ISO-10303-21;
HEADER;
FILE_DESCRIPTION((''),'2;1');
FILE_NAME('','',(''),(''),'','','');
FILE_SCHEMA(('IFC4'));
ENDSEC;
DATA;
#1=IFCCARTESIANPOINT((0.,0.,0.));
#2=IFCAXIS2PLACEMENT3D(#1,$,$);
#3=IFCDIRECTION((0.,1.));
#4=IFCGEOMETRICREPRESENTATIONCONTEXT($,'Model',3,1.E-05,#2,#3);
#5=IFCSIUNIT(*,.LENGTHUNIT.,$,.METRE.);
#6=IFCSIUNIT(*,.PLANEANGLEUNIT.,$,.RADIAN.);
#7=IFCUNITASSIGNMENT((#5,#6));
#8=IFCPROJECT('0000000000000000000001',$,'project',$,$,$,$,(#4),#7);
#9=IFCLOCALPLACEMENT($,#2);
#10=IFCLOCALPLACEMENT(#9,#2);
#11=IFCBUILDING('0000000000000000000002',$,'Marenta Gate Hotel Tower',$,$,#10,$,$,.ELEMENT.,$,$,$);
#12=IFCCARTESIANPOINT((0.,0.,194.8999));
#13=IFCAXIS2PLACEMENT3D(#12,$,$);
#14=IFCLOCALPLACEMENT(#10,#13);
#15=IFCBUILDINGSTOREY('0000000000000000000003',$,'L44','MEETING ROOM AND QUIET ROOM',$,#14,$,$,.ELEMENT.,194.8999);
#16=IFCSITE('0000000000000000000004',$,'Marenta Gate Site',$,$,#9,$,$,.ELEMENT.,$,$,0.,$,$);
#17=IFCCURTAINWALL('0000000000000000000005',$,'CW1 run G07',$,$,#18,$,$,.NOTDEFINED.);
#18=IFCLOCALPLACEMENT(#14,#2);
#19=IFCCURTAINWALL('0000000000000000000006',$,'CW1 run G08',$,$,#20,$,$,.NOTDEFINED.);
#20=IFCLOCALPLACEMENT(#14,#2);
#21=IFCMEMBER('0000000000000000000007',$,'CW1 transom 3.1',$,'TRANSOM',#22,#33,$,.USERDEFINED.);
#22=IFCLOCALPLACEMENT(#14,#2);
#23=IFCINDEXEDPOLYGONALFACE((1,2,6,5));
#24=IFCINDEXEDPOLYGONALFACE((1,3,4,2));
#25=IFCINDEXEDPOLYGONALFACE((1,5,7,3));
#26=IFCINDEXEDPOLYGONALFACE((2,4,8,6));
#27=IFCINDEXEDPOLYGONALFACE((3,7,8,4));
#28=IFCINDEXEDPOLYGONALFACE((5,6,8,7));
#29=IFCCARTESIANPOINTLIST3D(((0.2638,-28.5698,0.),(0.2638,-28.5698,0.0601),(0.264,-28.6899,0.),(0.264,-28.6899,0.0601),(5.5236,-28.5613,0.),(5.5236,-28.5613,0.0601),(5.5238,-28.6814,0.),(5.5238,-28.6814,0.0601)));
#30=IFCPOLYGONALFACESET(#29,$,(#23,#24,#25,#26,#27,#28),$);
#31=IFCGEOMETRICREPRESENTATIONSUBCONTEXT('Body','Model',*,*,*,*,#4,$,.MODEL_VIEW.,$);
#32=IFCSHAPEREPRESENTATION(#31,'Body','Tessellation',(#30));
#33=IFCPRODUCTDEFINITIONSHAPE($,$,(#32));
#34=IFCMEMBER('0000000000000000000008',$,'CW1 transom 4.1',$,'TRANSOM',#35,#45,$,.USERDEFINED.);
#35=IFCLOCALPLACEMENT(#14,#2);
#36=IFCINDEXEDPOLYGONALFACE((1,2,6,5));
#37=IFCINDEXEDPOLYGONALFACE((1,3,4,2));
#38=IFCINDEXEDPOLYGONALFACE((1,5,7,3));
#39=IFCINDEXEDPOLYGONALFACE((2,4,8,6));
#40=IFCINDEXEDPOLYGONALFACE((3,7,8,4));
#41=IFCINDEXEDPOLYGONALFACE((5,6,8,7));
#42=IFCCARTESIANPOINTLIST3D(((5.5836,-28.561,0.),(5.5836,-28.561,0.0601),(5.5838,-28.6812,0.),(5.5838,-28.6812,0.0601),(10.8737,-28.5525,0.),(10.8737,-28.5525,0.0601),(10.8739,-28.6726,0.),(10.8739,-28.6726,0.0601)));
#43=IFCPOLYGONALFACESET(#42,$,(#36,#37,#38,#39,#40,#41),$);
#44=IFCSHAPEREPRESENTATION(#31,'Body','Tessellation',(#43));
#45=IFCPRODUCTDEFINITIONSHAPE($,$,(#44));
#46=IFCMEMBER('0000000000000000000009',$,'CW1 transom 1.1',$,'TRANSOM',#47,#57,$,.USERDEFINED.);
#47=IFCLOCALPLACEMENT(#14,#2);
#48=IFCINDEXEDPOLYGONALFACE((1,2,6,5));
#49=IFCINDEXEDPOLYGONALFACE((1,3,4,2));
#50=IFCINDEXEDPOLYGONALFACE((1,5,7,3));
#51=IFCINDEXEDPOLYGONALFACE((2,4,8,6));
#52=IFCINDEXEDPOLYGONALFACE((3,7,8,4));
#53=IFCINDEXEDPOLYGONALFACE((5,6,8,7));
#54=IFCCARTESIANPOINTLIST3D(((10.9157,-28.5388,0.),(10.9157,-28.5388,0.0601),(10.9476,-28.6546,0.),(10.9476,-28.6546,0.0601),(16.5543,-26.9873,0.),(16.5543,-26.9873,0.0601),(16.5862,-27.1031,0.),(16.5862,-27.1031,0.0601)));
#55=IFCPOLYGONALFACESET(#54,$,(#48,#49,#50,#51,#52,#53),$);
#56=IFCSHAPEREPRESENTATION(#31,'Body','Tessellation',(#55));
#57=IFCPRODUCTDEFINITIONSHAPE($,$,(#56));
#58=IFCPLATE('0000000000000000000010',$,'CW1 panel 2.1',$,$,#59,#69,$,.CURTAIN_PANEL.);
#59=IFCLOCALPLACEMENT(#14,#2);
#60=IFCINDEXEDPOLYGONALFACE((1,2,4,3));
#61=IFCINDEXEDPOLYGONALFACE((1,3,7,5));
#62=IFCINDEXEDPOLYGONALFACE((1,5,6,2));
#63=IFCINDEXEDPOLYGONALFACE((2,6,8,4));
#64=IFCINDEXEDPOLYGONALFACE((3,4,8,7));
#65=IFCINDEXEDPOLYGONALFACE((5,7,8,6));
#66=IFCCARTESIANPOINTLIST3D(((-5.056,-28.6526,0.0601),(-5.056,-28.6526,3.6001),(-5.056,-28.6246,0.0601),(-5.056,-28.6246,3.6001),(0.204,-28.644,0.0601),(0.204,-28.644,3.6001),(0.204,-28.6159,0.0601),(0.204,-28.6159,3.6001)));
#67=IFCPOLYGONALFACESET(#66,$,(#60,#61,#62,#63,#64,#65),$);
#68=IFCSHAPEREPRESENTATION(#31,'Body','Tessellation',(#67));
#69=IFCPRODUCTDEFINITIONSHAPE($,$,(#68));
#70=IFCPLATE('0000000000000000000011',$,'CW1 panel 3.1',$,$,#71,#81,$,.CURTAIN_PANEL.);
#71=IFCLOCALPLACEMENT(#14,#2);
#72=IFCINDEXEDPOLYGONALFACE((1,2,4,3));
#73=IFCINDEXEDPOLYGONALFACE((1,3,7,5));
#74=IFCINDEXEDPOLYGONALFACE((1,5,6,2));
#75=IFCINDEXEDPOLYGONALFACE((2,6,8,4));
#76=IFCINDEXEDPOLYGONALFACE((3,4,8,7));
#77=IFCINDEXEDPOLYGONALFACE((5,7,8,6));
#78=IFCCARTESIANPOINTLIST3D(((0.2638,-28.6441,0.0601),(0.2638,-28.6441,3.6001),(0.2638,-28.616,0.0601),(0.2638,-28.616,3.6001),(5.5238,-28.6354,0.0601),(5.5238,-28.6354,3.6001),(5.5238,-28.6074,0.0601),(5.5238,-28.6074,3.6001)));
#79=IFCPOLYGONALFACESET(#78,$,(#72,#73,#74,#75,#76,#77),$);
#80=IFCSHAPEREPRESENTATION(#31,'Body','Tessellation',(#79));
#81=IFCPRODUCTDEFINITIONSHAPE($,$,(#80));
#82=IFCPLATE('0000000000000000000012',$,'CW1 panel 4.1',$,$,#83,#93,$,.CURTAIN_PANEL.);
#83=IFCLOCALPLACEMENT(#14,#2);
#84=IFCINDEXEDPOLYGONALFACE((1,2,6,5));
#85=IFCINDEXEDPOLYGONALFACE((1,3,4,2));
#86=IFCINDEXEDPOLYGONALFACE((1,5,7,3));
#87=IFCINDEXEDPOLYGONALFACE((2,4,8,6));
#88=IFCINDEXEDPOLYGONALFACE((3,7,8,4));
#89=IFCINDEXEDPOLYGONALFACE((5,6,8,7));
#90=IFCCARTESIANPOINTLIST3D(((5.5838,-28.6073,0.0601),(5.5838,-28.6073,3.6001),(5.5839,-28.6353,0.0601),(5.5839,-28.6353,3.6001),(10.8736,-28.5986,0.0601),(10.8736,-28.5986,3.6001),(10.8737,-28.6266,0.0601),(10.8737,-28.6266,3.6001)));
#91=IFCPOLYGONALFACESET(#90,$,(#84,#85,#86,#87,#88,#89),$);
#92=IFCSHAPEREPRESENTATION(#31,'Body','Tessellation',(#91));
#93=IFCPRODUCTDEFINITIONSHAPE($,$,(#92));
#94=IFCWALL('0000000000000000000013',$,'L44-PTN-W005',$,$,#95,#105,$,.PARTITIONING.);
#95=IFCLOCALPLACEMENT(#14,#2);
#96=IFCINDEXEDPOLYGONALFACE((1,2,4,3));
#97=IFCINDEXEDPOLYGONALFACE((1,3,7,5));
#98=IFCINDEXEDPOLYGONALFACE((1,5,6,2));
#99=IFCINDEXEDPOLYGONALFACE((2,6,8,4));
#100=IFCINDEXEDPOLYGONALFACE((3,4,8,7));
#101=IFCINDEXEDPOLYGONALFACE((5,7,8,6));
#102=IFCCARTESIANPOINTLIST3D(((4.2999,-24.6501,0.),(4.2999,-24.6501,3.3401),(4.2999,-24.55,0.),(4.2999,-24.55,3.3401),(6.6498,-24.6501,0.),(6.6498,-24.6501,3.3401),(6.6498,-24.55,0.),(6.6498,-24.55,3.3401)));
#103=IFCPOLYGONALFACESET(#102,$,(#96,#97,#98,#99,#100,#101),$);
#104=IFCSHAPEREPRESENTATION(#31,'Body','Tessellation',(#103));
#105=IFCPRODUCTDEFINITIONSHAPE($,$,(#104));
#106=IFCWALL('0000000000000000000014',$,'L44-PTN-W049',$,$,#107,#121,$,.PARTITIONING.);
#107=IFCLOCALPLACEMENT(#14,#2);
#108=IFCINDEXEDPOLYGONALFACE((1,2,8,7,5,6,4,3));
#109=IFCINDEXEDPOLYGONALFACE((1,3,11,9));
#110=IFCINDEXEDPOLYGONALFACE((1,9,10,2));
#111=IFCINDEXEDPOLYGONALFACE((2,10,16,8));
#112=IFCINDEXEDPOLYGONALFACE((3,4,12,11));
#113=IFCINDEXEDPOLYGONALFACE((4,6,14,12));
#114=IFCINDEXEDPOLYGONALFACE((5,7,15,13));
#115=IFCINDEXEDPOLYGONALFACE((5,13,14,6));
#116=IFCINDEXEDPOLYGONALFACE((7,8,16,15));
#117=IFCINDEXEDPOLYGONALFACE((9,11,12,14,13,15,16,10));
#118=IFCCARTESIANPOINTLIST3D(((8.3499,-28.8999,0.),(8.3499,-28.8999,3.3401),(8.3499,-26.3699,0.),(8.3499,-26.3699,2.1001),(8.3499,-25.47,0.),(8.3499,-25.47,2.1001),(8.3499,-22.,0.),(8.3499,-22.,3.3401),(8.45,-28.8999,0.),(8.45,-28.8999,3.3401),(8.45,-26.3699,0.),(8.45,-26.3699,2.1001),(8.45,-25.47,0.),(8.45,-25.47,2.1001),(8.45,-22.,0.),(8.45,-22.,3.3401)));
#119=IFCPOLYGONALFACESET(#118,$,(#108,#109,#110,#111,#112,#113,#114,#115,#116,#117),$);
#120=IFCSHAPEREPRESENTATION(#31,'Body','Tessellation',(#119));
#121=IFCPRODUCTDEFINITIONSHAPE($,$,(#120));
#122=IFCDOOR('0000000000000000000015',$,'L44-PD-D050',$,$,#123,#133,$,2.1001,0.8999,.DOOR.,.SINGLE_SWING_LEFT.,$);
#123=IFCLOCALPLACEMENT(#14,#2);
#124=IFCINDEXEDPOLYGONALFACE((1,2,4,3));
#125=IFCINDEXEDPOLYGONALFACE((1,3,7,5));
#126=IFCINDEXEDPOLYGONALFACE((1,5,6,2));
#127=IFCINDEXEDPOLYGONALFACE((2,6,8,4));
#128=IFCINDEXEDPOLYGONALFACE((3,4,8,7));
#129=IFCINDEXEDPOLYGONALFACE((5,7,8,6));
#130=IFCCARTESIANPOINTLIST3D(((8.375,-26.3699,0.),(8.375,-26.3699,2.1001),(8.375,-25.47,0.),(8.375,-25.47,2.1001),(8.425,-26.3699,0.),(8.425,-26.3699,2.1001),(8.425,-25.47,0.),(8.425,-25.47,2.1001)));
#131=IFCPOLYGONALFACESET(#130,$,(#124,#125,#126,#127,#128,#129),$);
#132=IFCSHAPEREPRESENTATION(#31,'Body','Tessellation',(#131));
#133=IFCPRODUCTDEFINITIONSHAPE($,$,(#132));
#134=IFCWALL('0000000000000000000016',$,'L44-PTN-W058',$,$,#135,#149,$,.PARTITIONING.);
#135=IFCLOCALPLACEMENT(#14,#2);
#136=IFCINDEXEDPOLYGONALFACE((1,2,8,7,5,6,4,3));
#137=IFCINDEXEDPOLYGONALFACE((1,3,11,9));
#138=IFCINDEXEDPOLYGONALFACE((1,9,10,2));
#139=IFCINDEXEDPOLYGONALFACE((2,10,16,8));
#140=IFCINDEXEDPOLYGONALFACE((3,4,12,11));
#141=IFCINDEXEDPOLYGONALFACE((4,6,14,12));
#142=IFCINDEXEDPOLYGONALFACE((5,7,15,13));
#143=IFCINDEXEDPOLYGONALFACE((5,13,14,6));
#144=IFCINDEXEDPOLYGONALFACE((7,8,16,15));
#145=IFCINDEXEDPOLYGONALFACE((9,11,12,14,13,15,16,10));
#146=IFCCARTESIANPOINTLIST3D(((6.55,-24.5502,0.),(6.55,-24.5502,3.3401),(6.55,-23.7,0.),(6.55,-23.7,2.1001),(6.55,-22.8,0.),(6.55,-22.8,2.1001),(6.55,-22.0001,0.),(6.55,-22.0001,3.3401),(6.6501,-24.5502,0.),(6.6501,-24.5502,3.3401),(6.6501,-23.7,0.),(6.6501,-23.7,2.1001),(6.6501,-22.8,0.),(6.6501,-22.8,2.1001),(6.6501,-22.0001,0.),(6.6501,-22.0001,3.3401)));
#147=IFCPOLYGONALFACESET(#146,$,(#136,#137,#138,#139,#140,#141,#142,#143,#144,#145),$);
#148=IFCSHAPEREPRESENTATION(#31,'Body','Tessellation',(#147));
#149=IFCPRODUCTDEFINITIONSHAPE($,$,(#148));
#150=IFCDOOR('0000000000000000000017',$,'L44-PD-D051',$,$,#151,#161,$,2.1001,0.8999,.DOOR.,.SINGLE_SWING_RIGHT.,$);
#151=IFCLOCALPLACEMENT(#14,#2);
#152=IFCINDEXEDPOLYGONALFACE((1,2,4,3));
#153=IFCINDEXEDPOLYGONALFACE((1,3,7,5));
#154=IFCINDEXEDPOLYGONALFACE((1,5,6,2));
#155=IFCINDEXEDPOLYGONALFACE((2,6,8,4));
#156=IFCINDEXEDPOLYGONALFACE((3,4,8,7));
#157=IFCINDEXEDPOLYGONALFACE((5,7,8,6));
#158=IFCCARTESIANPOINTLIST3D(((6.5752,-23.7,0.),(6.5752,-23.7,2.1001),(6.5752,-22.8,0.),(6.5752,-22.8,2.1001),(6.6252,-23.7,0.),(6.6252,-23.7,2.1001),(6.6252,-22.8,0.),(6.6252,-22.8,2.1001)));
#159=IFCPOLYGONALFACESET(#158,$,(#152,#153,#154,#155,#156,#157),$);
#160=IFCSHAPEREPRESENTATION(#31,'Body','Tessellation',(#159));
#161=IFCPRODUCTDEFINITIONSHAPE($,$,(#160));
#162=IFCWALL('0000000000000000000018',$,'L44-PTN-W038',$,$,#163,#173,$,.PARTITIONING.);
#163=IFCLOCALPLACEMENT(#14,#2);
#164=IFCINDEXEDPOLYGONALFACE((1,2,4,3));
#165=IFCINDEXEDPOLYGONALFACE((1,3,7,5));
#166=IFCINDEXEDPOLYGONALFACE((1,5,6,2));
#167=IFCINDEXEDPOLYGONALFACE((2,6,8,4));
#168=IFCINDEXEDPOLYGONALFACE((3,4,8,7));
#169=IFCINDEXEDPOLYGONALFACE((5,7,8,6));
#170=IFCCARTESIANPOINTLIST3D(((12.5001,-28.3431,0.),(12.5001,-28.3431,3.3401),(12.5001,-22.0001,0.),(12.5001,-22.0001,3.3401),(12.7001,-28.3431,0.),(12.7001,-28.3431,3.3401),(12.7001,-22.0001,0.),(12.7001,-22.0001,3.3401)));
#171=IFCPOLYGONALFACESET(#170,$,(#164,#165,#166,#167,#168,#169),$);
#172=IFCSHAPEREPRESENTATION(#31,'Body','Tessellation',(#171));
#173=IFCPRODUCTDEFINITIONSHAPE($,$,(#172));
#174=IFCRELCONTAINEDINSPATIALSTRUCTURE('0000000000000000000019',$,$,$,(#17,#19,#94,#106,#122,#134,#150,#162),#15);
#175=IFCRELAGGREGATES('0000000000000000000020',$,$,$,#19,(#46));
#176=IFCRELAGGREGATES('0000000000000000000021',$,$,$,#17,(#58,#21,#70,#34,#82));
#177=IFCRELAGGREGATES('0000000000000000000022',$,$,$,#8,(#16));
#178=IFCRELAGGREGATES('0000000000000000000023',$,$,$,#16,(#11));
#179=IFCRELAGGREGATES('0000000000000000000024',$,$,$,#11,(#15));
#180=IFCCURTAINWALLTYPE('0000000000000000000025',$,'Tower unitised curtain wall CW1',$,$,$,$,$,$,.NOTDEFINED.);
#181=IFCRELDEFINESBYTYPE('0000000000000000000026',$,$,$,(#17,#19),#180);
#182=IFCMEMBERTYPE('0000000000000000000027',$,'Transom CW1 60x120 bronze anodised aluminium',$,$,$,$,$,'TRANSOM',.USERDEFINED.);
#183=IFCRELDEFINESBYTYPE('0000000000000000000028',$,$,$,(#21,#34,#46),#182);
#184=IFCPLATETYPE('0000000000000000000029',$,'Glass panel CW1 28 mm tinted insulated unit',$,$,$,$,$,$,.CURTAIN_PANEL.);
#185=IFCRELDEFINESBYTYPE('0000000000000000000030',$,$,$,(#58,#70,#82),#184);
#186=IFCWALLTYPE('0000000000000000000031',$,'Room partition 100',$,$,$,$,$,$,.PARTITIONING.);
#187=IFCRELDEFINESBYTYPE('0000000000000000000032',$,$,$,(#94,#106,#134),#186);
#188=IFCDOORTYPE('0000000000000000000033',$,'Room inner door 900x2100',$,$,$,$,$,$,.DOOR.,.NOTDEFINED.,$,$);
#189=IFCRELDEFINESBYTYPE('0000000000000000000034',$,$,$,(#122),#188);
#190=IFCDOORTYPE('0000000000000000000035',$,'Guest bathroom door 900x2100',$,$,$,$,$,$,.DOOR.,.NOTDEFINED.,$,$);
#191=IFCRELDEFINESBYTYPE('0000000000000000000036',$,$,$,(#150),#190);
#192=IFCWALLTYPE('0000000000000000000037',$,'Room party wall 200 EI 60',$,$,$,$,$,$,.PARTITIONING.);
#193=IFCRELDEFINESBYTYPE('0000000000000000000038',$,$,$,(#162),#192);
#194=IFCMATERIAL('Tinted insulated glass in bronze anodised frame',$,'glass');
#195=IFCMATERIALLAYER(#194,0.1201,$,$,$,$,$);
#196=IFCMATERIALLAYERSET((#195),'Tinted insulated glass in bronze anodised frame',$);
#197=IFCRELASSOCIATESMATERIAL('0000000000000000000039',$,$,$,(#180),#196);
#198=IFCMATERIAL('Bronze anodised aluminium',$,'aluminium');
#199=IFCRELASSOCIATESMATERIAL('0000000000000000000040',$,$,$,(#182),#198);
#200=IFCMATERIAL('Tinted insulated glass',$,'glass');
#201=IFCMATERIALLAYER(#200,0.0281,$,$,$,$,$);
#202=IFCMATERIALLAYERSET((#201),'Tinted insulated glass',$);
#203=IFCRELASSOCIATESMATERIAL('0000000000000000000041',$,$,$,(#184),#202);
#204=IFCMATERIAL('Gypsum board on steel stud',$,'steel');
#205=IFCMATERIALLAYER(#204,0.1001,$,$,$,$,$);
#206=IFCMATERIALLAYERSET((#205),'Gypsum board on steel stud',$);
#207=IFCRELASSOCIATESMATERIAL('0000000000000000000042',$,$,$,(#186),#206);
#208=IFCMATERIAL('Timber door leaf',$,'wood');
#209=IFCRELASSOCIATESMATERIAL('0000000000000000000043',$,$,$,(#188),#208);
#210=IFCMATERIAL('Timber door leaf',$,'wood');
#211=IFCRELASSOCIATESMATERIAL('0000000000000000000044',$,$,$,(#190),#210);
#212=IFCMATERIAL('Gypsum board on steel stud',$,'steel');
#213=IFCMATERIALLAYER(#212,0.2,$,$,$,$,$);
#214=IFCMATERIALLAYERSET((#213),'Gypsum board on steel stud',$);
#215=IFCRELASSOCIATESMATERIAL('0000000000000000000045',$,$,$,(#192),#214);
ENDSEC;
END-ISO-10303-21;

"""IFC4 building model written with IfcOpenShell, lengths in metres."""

from ifc_helpers import new_model, si_unit, direction, frame, frame_2d, origin, origin_2d, place, context, subcontext, project, spatial, rectangle, extrude, material, layer, layer_set, material_profile, profile_set, type_object, element, fill, aggregate, save


model = new_model("IFC4")

# Units and contexts
model_context = context("Model", 3, precision=1e-05, world=origin(), true_north=direction((0.0, 1.0)))
body_context = subcontext(model_context, "Body", "Model", "MODEL_VIEW")
ifc_project = project(units=[si_unit("LENGTHUNIT", "METRE"), si_unit("PLANEANGLEUNIT", "RADIAN")], contexts=[model_context])

# Site, building, storey
site_placement = place(None, origin())
site = spatial("IfcSite", under=ifc_project, at=site_placement, Name="Marenta Gate Site", CompositionType="ELEMENT", RefElevation=0.0)
building_placement = place(site_placement, origin())
building = spatial("IfcBuilding", under=site, at=building_placement, Name="Marenta Gate Hotel Tower", CompositionType="ELEMENT")
storey_placement = place(building_placement, frame((0.0, 0.0, 194.8999)))
storey = spatial("IfcBuildingStorey", under=building, at=storey_placement, Name="L44", Description="MEETING ROOM AND QUIET ROOM", CompositionType="ELEMENT", Elevation=194.8999)

# Curtain wall
ifc_material_1 = material(Name="Tinted insulated glass in bronze anodised frame", Category="glass")
ifc_layer_1 = layer(ifc_material_1, 0.1201)
ifc_layer_set_1 = layer_set([ifc_layer_1], Name="Tinted insulated glass in bronze anodised frame")
curtain_wall_type = type_object("IfcCurtainWallType", Name="Tower unitised curtain wall CW1", PredefinedType="NOTDEFINED", material=ifc_layer_set_1)
curtain_wall_1_placement = place(storey_placement, origin())
curtain_wall_1 = element("IfcCurtainWall", 1, at=curtain_wall_1_placement, inside=storey, type_object=curtain_wall_type, Name="CW1 run G07", PredefinedType="NOTDEFINED")

# Curtain wall
curtain_wall_2_placement = place(storey_placement, origin())
curtain_wall_2 = element("IfcCurtainWall", 2, at=curtain_wall_2_placement, inside=storey, type_object=curtain_wall_type, Name="CW1 run G08", PredefinedType="NOTDEFINED")

# Members
ifc_material_2 = material(Name="Bronze anodised aluminium", Category="aluminium")
ifc_material_profile_1 = material_profile(ifc_material_2, rectangle(XDim=0.1201, YDim=0.0601, at=origin_2d()), Name="Transom CW1 60x120 bronze anodised aluminium")
ifc_profile_set_1 = profile_set([ifc_material_profile_1], Name="Bronze anodised aluminium")
member_type_1 = type_object("IfcMemberType", Name="Transom CW1 60x120 bronze anodised aluminium", ElementType="TRANSOM", PredefinedType="USERDEFINED", material=ifc_profile_set_1)
member_1_placement = place(storey_placement, frame((0.2639, -28.6299, 0.03), z_axis=(0.999999, 0.001625, 0.0), x_axis=(-0.001625, 0.999999, 0.0)))
member_1 = element("IfcMember", 3, at=member_1_placement, type_object=member_type_1, Name="CW1 transom 3.1", ObjectType="TRANSOM", PredefinedType="USERDEFINED", context=body_context, shape_type="SweptSolid", body=[
    extrude(rectangle(XDim=0.1201, YDim=0.0601, at=origin_2d()), origin(), (0.0, 0.0, 1.0), 5.2598),
])
member_2_placement = place(storey_placement, frame((5.5837, -28.6211, 0.03), z_axis=(0.999999, 0.001615, 0.0), x_axis=(-0.001615, 0.999999, 0.0)))
member_2 = element("IfcMember", 4, at=member_2_placement, type_object=member_type_1, Name="CW1 transom 4.1", ObjectType="TRANSOM", PredefinedType="USERDEFINED", context=body_context, shape_type="SweptSolid", body=[
    extrude(rectangle(XDim=0.1201, YDim=0.0601, at=origin_2d()), origin(), (0.0, 0.0, 1.0), 5.29),
])
member_3_placement = place(storey_placement, frame((10.9316, -28.5967, 0.03), z_axis=(0.964167, 0.265296, 0.0), x_axis=(-0.265296, 0.964167, 0.0)))
member_3 = element("IfcMember", 5, at=member_3_placement, type_object=member_type_1, Name="CW1 transom 1.1", ObjectType="TRANSOM", PredefinedType="USERDEFINED", context=body_context, shape_type="SweptSolid", body=[
    extrude(rectangle(XDim=0.1201, YDim=0.0601, at=origin_2d()), origin(), (0.0, 0.0, 1.0), 5.8481),
])
aggregate(curtain_wall_2, [member_3])

# Plates
ifc_material_3 = material(Name="Tinted insulated glass", Category="glass")
ifc_layer_2 = layer(ifc_material_3, 0.0281)
ifc_layer_set_2 = layer_set([ifc_layer_2], Name="Tinted insulated glass")
plate_type = type_object("IfcPlateType", Name="Glass panel CW1 28 mm tinted insulated unit", PredefinedType="CURTAIN_PANEL", material=ifc_layer_set_2)
plate_1_placement = place(storey_placement, frame((-2.426, -28.6343, 0.0601), z_axis=(0.0, 0.0, 1.0), x_axis=(0.999999, 0.001645, 0.0)))
plate_1 = element("IfcPlate", 6, at=plate_1_placement, type_object=plate_type, Name="CW1 panel 2.1", PredefinedType="CURTAIN_PANEL", context=body_context, shape_type="SweptSolid", body=[
    extrude(rectangle(XDim=5.26, YDim=0.0281, at=origin_2d()), origin(), (0.0, 0.0, 1.0), 3.54),
])
plate_2_placement = place(storey_placement, frame((2.8938, -28.6257, 0.0601), z_axis=(0.0, 0.0, 1.0), x_axis=(0.999999, 0.001645, 0.0)))
plate_2 = element("IfcPlate", 7, at=plate_2_placement, type_object=plate_type, Name="CW1 panel 3.1", PredefinedType="CURTAIN_PANEL", context=body_context, shape_type="SweptSolid", body=[
    extrude(rectangle(XDim=5.26, YDim=0.0281, at=origin_2d()), origin(), (0.0, 0.0, 1.0), 3.54),
])
plate_3_placement = place(storey_placement, frame((8.2288, -28.6169, 0.0601), z_axis=(0.0, 0.0, 1.0), x_axis=(0.999999, 0.001645, 0.0)))
plate_3 = element("IfcPlate", 8, at=plate_3_placement, type_object=plate_type, Name="CW1 panel 4.1", PredefinedType="CURTAIN_PANEL", context=body_context, shape_type="SweptSolid", body=[
    extrude(rectangle(XDim=5.2898, YDim=0.0281, at=origin_2d()), origin(), (0.0, 0.0, 1.0), 3.54),
])
aggregate(curtain_wall_1, [plate_1, member_1, plate_2, member_2, plate_3])

# Wall
ifc_material_4 = material(Name="Gypsum board on steel stud", Category="steel")
ifc_layer_3 = layer(ifc_material_4, 0.1001)
ifc_layer_set_3 = layer_set([ifc_layer_3], Name="Gypsum board on steel stud")
wall_type_1 = type_object("IfcWallType", Name="Room partition 100", PredefinedType="PARTITIONING", material=ifc_layer_set_3)
wall_1_placement = place(storey_placement, frame((4.3, -24.6001, 0.0), z_axis=(0.0, 0.0, 1.0), x_axis=(1.0, 0.0, 0.0)))
element("IfcWall", 9, at=wall_1_placement, inside=storey, type_object=wall_type_1, Name="L44-PTN-W005", PredefinedType="PARTITIONING", context=body_context, shape_type="SweptSolid", body=[
    extrude(rectangle(XDim=2.3499, YDim=0.1001, at=frame_2d((1.1748, 0.0))), origin(), (0.0, 0.0, 1.0), 3.3401),
])

# Walls, openings, doors
wall_2_placement = place(storey_placement, frame((8.3999, -28.8999, 0.0), z_axis=(0.0, 0.0, 1.0), x_axis=(0.0, 1.0, 0.0)))
wall_2 = element("IfcWall", 10, at=wall_2_placement, inside=storey, type_object=wall_type_1, Name="L44-PTN-W049", PredefinedType="PARTITIONING", context=body_context, shape_type="SweptSolid", body=[
    extrude(rectangle(XDim=6.8999, YDim=0.1001, at=frame_2d((3.45, 0.0))), origin(), (0.0, 0.0, 1.0), 3.3401),
])
opening_1_placement = place(wall_2_placement, frame((2.53, 0.0, 0.0)))
opening_1 = element("IfcOpeningElement", 11, at=opening_1_placement, cuts=wall_2, PredefinedType="OPENING", context=body_context, shape_type="SweptSolid", body=[
    extrude(rectangle(XDim=0.8999, YDim=2.1001, at=frame_2d((0.45, 1.05))), frame((0.0, 0.05, 0.0), z_axis=(0.0, -1.0, 0.0), x_axis=(1.0, 0.0, 0.0)), (0.0, 0.0, 1.0), 0.1001),
])
ifc_material_5 = material(Name="Timber door leaf", Category="wood")
door_type_1 = type_object("IfcDoorType", Name="Room inner door 900x2100", OperationType="NOTDEFINED", PredefinedType="DOOR", material=ifc_material_5)
door_1_placement = place(opening_1_placement, origin())
door_1 = element("IfcDoor", 12, at=door_1_placement, inside=storey, type_object=door_type_1, Name="L44-PD-D050", OperationType="SINGLE_SWING_LEFT", OverallHeight=2.1001, OverallWidth=0.8999, PredefinedType="DOOR", context=body_context, shape_type="SweptSolid", body=[
    extrude(rectangle(XDim=0.8999, YDim=2.1001, at=frame_2d((0.45, 1.05))), frame((0.0, 0.0249, 0.0), z_axis=(0.0, -1.0, 0.0), x_axis=(1.0, 0.0, 0.0)), (0.0, 0.0, 1.0), 0.05),
])
fill(opening_1, door_1)
wall_3_placement = place(storey_placement, frame((6.6001, -24.55, 0.0), z_axis=(0.0, 0.0, 1.0), x_axis=(0.0, 1.0, 0.0)))
wall_3 = element("IfcWall", 13, at=wall_3_placement, inside=storey, type_object=wall_type_1, Name="L44-PTN-W058", PredefinedType="PARTITIONING", context=body_context, shape_type="SweptSolid", body=[
    extrude(rectangle(XDim=2.55, YDim=0.1001, at=frame_2d((1.2749, 0.0))), origin(), (0.0, 0.0, 1.0), 3.3401),
])
opening_2_placement = place(wall_3_placement, frame((0.8501, 0.0, 0.0)))
opening_2 = element("IfcOpeningElement", 14, at=opening_2_placement, cuts=wall_3, PredefinedType="OPENING", context=body_context, shape_type="SweptSolid", body=[
    extrude(rectangle(XDim=0.8999, YDim=2.1001, at=frame_2d((0.45, 1.05))), frame((0.0, 0.05, 0.0), z_axis=(0.0, -1.0, 0.0), x_axis=(1.0, 0.0, 0.0)), (0.0, 0.0, 1.0), 0.1001),
])
ifc_material_6 = material(Name="Timber door leaf", Category="wood")
door_type_2 = type_object("IfcDoorType", Name="Guest bathroom door 900x2100", OperationType="NOTDEFINED", PredefinedType="DOOR", material=ifc_material_6)
door_2_placement = place(opening_2_placement, origin())
door_2 = element("IfcDoor", 15, at=door_2_placement, inside=storey, type_object=door_type_2, Name="L44-PD-D051", OperationType="SINGLE_SWING_RIGHT", OverallHeight=2.1001, OverallWidth=0.8999, PredefinedType="DOOR", context=body_context, shape_type="SweptSolid", body=[
    extrude(rectangle(XDim=0.8999, YDim=2.1001, at=frame_2d((0.45, 1.05))), frame((0.0, 0.0249, 0.0), z_axis=(0.0, -1.0, 0.0), x_axis=(1.0, 0.0, 0.0)), (0.0, 0.0, 1.0), 0.05),
])
fill(opening_2, door_2)

# Wall
ifc_material_7 = material(Name="Gypsum board on steel stud", Category="steel")
ifc_layer_4 = layer(ifc_material_7, 0.2)
ifc_layer_set_4 = layer_set([ifc_layer_4], Name="Gypsum board on steel stud")
wall_type_2 = type_object("IfcWallType", Name="Room party wall 200 EI 60", PredefinedType="PARTITIONING", material=ifc_layer_set_4)
wall_4_placement = place(storey_placement, frame((12.6001, -28.343, 0.0), z_axis=(0.0, 0.0, 1.0), x_axis=(0.0, 1.0, 0.0)))
element("IfcWall", 16, at=wall_4_placement, inside=storey, type_object=wall_type_2, Name="L44-PTN-W038", PredefinedType="PARTITIONING", context=body_context, shape_type="SweptSolid", body=[
    extrude(rectangle(XDim=6.343, YDim=0.2, at=frame_2d((3.1714, 0.0))), origin(), (0.0, 0.0, 1.0), 3.3401),
])

save(model, "model.ifc")
